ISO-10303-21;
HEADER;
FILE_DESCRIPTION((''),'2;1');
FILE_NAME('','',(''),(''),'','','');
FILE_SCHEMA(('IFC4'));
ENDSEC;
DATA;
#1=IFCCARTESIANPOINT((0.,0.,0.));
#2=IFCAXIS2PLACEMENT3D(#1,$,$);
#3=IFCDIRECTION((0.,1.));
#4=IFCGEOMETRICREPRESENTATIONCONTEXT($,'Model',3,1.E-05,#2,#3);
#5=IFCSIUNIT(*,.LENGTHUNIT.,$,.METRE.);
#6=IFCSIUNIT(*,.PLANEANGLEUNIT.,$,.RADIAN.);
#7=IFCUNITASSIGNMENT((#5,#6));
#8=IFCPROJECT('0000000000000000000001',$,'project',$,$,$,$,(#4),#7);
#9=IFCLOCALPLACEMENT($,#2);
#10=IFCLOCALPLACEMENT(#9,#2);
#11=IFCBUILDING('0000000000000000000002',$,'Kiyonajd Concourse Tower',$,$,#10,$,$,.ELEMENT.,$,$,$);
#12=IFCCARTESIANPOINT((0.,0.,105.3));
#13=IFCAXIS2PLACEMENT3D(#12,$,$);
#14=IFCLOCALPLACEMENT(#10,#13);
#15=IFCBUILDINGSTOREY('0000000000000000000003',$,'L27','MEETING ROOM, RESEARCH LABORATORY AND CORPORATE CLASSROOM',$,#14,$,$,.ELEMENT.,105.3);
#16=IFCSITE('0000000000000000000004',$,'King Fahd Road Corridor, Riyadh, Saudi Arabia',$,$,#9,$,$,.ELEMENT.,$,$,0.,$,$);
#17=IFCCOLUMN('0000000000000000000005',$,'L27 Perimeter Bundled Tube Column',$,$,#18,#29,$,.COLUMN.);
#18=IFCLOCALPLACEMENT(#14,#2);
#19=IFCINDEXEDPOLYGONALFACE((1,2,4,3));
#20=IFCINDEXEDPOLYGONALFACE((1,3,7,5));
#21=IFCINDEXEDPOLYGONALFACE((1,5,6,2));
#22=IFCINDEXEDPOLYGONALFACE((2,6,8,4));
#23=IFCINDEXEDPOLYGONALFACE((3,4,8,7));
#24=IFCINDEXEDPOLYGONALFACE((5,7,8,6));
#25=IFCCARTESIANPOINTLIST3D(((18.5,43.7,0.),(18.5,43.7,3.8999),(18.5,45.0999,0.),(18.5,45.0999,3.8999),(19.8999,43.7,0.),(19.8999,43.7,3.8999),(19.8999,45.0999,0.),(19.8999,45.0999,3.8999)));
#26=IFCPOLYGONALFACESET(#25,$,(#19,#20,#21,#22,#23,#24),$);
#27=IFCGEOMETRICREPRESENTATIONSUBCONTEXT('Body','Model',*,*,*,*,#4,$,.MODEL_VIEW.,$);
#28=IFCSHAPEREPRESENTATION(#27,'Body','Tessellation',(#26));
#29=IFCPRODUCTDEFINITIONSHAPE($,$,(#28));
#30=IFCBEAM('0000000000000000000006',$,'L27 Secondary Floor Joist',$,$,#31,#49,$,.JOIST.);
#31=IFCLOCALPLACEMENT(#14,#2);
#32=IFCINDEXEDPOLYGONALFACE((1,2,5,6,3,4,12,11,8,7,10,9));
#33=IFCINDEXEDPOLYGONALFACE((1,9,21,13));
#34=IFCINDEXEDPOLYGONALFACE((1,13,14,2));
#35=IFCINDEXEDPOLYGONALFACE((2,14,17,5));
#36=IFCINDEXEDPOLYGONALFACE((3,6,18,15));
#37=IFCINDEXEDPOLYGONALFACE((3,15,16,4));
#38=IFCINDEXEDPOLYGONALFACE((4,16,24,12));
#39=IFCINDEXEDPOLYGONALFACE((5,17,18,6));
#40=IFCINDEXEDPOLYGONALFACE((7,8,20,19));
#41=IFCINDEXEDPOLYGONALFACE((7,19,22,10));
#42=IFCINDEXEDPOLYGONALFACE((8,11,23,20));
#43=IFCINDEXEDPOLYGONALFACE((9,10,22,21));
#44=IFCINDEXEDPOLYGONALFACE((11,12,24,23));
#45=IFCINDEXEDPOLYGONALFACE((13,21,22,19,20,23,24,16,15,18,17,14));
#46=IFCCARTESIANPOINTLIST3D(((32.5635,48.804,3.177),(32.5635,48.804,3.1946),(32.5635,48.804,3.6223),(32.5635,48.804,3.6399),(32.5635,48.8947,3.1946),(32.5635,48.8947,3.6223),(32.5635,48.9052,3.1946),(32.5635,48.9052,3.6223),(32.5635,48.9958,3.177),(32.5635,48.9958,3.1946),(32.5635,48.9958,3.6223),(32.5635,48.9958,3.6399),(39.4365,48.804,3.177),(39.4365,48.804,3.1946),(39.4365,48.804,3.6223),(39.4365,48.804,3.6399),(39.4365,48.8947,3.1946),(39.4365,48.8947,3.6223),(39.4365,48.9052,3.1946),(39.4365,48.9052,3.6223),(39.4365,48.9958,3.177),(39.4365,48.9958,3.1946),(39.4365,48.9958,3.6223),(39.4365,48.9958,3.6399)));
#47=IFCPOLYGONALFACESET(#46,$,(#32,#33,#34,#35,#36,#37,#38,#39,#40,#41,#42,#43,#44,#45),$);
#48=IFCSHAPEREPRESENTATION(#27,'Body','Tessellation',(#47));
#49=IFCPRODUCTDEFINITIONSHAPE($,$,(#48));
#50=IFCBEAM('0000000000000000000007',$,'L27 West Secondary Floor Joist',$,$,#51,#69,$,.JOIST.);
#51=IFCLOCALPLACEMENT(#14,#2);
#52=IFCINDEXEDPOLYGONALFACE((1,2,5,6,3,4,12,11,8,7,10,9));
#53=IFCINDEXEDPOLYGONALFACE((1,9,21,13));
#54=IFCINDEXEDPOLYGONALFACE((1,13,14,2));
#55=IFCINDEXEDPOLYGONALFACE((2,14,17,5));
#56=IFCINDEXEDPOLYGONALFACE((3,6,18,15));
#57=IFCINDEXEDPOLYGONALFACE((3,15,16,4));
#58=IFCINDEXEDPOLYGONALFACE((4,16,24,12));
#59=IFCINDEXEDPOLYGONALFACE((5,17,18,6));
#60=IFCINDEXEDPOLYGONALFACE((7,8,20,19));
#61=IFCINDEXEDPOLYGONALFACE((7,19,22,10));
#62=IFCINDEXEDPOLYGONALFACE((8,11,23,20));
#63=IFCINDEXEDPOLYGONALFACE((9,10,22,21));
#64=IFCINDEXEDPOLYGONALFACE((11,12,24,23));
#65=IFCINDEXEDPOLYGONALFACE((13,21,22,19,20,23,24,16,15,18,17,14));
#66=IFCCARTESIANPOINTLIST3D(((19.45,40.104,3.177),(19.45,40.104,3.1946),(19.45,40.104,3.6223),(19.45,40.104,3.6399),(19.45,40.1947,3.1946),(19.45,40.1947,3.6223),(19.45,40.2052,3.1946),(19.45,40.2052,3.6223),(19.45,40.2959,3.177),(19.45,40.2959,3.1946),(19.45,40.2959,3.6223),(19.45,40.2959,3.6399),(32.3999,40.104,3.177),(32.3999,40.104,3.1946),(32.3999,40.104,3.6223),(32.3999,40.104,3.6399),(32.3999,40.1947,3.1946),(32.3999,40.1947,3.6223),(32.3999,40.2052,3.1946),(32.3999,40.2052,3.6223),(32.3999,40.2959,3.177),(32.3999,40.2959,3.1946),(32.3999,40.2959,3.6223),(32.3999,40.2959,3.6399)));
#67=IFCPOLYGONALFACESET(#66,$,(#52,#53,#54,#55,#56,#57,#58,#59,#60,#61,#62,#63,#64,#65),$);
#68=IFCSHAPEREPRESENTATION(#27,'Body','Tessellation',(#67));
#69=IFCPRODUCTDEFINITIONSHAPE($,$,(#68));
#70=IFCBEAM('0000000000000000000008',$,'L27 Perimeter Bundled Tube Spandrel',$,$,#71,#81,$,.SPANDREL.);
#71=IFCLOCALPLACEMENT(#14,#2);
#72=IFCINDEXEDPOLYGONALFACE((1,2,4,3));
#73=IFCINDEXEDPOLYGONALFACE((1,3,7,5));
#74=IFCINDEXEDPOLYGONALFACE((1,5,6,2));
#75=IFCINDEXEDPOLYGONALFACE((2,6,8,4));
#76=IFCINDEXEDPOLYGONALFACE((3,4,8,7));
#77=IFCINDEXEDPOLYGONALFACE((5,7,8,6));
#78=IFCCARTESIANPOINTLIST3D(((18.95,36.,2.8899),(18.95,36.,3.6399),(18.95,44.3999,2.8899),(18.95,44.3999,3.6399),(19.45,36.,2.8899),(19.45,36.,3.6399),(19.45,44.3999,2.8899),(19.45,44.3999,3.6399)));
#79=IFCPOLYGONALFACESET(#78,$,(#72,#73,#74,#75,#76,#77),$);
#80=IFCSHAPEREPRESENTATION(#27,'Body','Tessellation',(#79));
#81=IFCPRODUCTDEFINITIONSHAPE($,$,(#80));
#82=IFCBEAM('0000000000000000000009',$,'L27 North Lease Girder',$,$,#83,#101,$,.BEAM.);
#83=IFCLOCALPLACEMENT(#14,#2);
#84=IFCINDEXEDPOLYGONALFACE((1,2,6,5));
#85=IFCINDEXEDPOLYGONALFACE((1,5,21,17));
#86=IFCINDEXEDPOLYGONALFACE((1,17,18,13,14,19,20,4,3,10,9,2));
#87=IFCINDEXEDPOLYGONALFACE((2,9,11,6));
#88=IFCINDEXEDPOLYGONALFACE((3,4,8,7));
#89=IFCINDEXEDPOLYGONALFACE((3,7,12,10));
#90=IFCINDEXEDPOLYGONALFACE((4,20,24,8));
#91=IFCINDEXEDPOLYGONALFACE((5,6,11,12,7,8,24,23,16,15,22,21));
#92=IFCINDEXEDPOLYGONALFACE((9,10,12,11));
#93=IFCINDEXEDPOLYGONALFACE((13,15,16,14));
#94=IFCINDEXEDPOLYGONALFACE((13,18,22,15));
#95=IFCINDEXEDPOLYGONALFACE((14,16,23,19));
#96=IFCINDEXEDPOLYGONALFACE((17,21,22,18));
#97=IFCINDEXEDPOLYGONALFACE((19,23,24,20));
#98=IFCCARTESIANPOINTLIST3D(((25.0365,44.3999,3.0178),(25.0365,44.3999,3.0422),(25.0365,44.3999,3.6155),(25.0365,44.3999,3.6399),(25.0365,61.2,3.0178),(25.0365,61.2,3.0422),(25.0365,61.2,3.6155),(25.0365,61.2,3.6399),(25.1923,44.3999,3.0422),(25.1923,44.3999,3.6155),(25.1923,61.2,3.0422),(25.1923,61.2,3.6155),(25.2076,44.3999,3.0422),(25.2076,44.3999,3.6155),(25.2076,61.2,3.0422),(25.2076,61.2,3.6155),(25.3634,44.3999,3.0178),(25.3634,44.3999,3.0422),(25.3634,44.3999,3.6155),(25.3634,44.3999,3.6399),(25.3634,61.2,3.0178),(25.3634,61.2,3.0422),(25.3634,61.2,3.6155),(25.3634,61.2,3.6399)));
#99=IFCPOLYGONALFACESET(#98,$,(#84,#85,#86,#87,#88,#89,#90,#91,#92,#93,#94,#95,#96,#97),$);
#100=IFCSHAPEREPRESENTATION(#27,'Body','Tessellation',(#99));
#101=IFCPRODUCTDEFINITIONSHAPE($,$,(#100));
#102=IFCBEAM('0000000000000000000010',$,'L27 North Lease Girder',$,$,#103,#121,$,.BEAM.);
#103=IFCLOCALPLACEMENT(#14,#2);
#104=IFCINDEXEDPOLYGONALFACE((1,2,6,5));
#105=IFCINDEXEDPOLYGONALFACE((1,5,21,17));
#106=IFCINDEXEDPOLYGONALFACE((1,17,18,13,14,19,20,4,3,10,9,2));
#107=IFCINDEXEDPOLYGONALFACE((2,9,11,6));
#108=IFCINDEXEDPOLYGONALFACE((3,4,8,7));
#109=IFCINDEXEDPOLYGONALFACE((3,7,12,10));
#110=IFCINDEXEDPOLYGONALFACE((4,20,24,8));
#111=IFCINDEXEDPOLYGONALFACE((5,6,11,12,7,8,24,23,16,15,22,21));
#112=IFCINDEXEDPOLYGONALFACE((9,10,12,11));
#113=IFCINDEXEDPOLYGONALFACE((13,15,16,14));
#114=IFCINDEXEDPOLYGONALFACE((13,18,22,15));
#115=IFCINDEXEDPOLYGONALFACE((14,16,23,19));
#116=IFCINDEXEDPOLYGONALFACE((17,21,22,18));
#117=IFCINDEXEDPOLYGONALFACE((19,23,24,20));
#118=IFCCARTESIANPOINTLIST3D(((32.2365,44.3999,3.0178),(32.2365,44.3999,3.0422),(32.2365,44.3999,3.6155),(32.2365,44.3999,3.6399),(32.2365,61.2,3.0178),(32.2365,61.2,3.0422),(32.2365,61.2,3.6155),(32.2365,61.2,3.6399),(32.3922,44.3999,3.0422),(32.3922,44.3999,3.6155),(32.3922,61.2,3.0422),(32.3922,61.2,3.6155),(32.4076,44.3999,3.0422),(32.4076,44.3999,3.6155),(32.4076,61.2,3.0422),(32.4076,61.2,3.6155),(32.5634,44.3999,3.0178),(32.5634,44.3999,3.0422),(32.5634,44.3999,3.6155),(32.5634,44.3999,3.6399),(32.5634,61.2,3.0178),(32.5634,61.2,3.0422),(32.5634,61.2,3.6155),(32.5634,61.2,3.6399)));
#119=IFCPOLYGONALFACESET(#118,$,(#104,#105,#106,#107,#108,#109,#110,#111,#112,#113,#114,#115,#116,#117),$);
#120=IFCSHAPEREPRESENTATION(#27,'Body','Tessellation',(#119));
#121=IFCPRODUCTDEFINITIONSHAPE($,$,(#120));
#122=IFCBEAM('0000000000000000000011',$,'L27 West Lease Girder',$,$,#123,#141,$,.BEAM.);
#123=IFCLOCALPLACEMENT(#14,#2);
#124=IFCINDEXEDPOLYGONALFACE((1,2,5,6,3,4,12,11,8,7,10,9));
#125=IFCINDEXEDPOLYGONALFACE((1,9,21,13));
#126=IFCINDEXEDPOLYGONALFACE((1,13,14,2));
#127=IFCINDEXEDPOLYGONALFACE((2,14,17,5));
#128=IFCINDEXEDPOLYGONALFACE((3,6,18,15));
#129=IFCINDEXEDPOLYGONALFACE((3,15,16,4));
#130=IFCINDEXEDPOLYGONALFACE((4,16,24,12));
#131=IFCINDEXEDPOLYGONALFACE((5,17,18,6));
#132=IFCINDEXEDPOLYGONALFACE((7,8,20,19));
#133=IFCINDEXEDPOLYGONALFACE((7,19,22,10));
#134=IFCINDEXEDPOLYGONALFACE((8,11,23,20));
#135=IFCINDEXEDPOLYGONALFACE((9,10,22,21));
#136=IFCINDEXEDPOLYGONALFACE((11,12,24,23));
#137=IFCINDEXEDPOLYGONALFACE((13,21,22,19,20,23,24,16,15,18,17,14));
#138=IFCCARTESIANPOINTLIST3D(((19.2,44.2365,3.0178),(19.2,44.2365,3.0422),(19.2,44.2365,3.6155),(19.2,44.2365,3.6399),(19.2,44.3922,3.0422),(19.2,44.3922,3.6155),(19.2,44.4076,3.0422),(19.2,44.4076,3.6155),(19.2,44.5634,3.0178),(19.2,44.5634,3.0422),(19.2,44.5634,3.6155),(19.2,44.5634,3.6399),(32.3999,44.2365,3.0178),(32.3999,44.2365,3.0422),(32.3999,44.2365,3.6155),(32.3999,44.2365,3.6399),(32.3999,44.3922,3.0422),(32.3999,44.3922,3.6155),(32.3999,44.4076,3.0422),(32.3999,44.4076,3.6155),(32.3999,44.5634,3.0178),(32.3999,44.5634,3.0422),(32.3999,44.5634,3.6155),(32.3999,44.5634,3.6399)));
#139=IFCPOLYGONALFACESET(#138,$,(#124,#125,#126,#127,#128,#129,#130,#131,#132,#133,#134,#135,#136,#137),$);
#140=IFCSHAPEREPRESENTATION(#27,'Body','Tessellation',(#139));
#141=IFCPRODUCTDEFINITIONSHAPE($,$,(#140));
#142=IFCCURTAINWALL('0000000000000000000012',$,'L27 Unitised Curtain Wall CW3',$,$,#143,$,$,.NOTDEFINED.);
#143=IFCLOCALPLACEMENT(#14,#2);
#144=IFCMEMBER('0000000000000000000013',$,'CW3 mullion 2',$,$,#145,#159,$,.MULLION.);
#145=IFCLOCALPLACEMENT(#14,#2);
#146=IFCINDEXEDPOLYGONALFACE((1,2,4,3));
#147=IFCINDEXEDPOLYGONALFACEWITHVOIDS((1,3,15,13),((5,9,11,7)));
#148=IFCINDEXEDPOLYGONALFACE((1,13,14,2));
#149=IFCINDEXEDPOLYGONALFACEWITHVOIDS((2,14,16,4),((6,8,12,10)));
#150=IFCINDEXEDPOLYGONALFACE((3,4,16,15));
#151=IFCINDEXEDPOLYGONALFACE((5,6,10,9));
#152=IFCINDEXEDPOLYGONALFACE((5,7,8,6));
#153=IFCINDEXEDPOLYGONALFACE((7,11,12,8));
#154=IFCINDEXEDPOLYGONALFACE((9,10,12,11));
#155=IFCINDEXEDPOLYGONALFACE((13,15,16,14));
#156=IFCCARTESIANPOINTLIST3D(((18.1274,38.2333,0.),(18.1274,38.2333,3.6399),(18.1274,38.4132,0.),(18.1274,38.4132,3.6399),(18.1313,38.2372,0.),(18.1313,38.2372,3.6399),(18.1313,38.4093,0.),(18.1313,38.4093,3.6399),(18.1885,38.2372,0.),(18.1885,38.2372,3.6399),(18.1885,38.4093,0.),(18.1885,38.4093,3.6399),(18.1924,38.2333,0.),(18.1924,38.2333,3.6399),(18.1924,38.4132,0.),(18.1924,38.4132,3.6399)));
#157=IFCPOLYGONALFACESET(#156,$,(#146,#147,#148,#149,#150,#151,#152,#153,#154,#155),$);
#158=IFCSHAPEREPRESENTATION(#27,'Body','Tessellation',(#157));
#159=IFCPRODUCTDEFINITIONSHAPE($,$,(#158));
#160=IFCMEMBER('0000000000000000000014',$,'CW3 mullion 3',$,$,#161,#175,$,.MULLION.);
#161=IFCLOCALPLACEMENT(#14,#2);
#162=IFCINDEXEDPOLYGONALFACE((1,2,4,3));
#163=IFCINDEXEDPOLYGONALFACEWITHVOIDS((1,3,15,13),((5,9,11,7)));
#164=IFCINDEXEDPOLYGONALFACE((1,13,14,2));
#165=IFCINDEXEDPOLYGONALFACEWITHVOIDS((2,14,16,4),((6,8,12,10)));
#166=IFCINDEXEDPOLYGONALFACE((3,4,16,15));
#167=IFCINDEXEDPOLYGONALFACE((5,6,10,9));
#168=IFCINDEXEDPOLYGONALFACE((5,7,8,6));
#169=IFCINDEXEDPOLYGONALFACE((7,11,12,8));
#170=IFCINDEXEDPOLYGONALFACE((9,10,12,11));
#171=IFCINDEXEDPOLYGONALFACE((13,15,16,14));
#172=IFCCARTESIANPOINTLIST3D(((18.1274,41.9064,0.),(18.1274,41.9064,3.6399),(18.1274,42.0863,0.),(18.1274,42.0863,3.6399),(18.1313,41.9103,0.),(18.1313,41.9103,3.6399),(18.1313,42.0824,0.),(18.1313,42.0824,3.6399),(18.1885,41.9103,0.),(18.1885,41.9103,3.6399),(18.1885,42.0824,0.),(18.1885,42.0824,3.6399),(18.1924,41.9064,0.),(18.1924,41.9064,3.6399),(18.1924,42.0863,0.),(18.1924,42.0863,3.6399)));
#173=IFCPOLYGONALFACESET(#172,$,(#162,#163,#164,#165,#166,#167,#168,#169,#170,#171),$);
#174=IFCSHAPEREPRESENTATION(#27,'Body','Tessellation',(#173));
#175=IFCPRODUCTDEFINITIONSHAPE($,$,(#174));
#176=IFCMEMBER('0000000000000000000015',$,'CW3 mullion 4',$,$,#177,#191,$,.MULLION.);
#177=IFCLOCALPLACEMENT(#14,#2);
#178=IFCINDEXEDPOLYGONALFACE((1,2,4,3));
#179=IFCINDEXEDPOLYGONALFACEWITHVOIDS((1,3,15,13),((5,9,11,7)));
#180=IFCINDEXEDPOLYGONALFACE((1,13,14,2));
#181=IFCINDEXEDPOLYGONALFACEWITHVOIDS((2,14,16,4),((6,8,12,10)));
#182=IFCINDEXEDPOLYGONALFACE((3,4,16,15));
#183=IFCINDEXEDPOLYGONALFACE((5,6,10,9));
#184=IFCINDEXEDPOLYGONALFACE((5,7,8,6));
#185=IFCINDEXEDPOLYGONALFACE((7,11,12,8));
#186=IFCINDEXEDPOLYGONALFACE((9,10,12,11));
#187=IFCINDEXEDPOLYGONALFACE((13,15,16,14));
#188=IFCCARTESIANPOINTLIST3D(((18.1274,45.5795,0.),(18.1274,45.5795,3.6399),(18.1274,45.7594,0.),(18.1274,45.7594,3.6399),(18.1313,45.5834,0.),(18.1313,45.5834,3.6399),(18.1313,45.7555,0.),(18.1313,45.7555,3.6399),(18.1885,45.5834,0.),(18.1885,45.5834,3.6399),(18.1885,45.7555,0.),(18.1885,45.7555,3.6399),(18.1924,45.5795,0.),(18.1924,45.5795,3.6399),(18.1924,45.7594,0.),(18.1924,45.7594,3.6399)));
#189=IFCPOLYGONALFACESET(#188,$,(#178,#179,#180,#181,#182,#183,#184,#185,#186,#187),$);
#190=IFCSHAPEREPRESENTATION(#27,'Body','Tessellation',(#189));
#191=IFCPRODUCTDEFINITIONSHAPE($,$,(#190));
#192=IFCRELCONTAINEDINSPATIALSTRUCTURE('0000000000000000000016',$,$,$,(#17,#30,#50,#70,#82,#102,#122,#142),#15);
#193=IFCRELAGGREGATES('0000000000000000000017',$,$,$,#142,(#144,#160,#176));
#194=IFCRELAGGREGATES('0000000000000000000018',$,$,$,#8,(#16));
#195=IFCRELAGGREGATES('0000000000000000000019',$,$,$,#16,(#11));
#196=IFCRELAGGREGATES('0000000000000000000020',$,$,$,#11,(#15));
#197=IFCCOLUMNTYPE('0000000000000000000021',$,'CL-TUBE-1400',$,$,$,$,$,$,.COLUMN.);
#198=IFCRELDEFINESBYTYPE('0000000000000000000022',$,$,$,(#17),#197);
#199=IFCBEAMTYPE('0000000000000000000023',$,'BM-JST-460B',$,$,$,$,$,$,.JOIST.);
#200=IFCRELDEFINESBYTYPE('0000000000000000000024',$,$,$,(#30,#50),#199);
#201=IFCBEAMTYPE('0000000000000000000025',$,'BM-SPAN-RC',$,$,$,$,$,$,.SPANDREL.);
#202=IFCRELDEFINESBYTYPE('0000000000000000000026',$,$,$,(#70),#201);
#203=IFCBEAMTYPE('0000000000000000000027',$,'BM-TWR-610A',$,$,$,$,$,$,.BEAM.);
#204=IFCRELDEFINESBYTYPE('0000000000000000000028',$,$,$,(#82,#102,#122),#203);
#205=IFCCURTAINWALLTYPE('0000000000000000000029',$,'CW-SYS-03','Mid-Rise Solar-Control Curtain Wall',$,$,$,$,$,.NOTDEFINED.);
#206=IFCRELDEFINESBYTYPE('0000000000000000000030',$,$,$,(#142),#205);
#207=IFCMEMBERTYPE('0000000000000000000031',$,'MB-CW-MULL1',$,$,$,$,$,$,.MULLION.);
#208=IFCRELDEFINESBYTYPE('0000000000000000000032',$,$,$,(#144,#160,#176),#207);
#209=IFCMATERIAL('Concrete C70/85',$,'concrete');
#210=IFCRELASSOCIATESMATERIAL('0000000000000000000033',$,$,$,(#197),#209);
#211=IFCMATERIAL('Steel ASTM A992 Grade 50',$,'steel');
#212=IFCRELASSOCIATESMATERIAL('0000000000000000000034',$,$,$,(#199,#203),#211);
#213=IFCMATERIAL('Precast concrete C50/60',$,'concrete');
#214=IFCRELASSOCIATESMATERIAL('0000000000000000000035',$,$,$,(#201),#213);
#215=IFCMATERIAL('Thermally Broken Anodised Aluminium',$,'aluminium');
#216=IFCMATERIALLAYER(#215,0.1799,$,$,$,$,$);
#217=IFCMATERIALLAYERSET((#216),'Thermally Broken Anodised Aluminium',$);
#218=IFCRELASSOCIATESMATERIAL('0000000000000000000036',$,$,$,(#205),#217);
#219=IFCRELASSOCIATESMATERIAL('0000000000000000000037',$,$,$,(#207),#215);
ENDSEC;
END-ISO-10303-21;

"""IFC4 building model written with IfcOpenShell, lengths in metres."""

from ifc_helpers import new_model, si_unit, direction, frame, origin, origin_2d, place, context, subcontext, project, spatial, rectangle, hollow_rectangle, i_section, extrude, material, layer, layer_set, material_profile, profile_set, type_object, element, aggregate, save


model = new_model("IFC4")

# Units and contexts
model_context = context("Model", 3, precision=1e-05, world=origin(), true_north=direction((0.0, 1.0)))
body_context = subcontext(model_context, "Body", "Model", "MODEL_VIEW")
ifc_project = project(units=[si_unit("LENGTHUNIT", "METRE"), si_unit("PLANEANGLEUNIT", "RADIAN")], contexts=[model_context])

# Site, building, storey
site_placement = place(None, origin())
site = spatial("IfcSite", under=ifc_project, at=site_placement, Name="King Fahd Road Corridor, Riyadh, Saudi Arabia", CompositionType="ELEMENT", RefElevation=0.0)
building_placement = place(site_placement, origin())
building = spatial("IfcBuilding", under=site, at=building_placement, Name="Kiyonajd Concourse Tower", CompositionType="ELEMENT")
storey_placement = place(building_placement, frame((0.0, 0.0, 105.3)))
storey = spatial("IfcBuildingStorey", under=building, at=storey_placement, Name="L27", Description="MEETING ROOM, RESEARCH LABORATORY AND CORPORATE CLASSROOM", CompositionType="ELEMENT", Elevation=105.3)

# Column
ifc_material_1 = material(Name="Concrete C70/85", Category="concrete")
ifc_material_profile_1 = material_profile(ifc_material_1, rectangle(XDim=1.3999, YDim=1.3999, at=origin_2d()), Name="RC-1400x1400")
ifc_profile_set_1 = profile_set([ifc_material_profile_1], Name="Concrete C70/85")
column_type = type_object("IfcColumnType", Name="CL-TUBE-1400", PredefinedType="COLUMN", material=ifc_profile_set_1)
column_placement = place(storey_placement, frame((19.2, 44.3999, 0.0), z_axis=(0.0, 0.0, 1.0), x_axis=(1.0, 0.0, 0.0)))
element("IfcColumn", 1, at=column_placement, inside=storey, type_object=column_type, Name="L27 Perimeter Bundled Tube Column", PredefinedType="COLUMN", context=body_context, shape_type="SweptSolid", body=[
    extrude(rectangle(XDim=1.3999, YDim=1.3999, at=origin_2d()), origin(), (0.0, 0.0, 1.0), 3.8999),
])

# Beams
ifc_material_2 = material(Name="Steel ASTM A992 Grade 50", Category="steel")
ifc_material_profile_2 = material_profile(ifc_material_2, i_section(OverallWidth=0.1919, OverallDepth=0.4629, WebThickness=0.0105, FlangeThickness=0.0176, at=origin_2d()), Name="W460X89")
ifc_profile_set_2 = profile_set([ifc_material_profile_2], Name="Steel ASTM A992 Grade 50")
beam_type_1 = type_object("IfcBeamType", Name="BM-JST-460B", PredefinedType="JOIST", material=ifc_profile_set_2)
beam_1_placement = place(storey_placement, frame((32.5635, 48.8999, 3.4084), z_axis=(1.0, 0.0, 0.0), x_axis=(0.0, 1.0, 0.0)))
element("IfcBeam", 2, at=beam_1_placement, inside=storey, type_object=beam_type_1, Name="L27 Secondary Floor Joist", PredefinedType="JOIST", context=body_context, shape_type="SweptSolid", body=[
    extrude(i_section(OverallWidth=0.1919, OverallDepth=0.4629, WebThickness=0.0105, FlangeThickness=0.0176, at=origin_2d()), origin(), (0.0, 0.0, 1.0), 6.873),
])
beam_2_placement = place(storey_placement, frame((19.45, 40.2, 3.4084), z_axis=(1.0, 0.0, 0.0), x_axis=(0.0, 1.0, 0.0)))
element("IfcBeam", 3, at=beam_2_placement, inside=storey, type_object=beam_type_1, Name="L27 West Secondary Floor Joist", PredefinedType="JOIST", context=body_context, shape_type="SweptSolid", body=[
    extrude(i_section(OverallWidth=0.1919, OverallDepth=0.4629, WebThickness=0.0105, FlangeThickness=0.0176, at=origin_2d()), origin(), (0.0, 0.0, 1.0), 12.95),
])
ifc_material_3 = material(Name="Precast concrete C50/60", Category="concrete")
ifc_material_profile_3 = material_profile(ifc_material_3, rectangle(XDim=0.5, YDim=0.75, at=origin_2d()), Name="RCBM-500x750")
ifc_profile_set_3 = profile_set([ifc_material_profile_3], Name="Precast concrete C50/60")
beam_type_2 = type_object("IfcBeamType", Name="BM-SPAN-RC", PredefinedType="SPANDREL", material=ifc_profile_set_3)
beam_3_placement = place(storey_placement, frame((19.2, 44.3999, 3.2649), z_axis=(0.0, -1.0, 0.0), x_axis=(1.0, 0.0, 0.0)))
element("IfcBeam", 4, at=beam_3_placement, inside=storey, type_object=beam_type_2, Name="L27 Perimeter Bundled Tube Spandrel", PredefinedType="SPANDREL", context=body_context, shape_type="SweptSolid", body=[
    extrude(rectangle(XDim=0.5, YDim=0.75, at=origin_2d()), origin(), (0.0, 0.0, 1.0), 8.3999),
])
ifc_material_profile_4 = material_profile(ifc_material_2, i_section(OverallWidth=0.3269, OverallDepth=0.6221, WebThickness=0.0154, FlangeThickness=0.0244, at=origin_2d()), Name="W610X195")
ifc_profile_set_4 = profile_set([ifc_material_profile_4], Name="Steel ASTM A992 Grade 50")
beam_type_3 = type_object("IfcBeamType", Name="BM-TWR-610A", PredefinedType="BEAM", material=ifc_profile_set_4)
for number, where, z_axis, x_axis, name in (
    (5, (25.2, 44.3999, 3.3289), (0.0, 1.0, 0.0), (-1.0, 0.0, 0.0), "L27 North Lease Girder"),
    (6, (32.3999, 44.3999, 3.3289), (0.0, 1.0, 0.0), (-1.0, 0.0, 0.0), "L27 North Lease Girder"),
):
    element("IfcBeam", number, at=place(storey_placement, frame(where, z_axis=z_axis, x_axis=x_axis)), inside=storey, type_object=beam_type_3, Name=name, PredefinedType="BEAM", context=body_context, shape_type="SweptSolid", body=[
        extrude(i_section(OverallWidth=0.3269, OverallDepth=0.6221, WebThickness=0.0154, FlangeThickness=0.0244, at=origin_2d()), origin(), (0.0, 0.0, 1.0), 16.8),
    ])
beam_4_placement = place(storey_placement, frame((19.2, 44.3999, 3.3289), z_axis=(1.0, 0.0, 0.0), x_axis=(0.0, 1.0, 0.0)))
element("IfcBeam", 7, at=beam_4_placement, inside=storey, type_object=beam_type_3, Name="L27 West Lease Girder", PredefinedType="BEAM", context=body_context, shape_type="SweptSolid", body=[
    extrude(i_section(OverallWidth=0.3269, OverallDepth=0.6221, WebThickness=0.0154, FlangeThickness=0.0244, at=origin_2d()), origin(), (0.0, 0.0, 1.0), 13.2),
])

# Curtain wall, members
ifc_material_4 = material(Name="Thermally Broken Anodised Aluminium", Category="aluminium")
ifc_layer_1 = layer(ifc_material_4, 0.1799)
ifc_layer_set_1 = layer_set([ifc_layer_1], Name="Thermally Broken Anodised Aluminium")
curtain_wall_type = type_object("IfcCurtainWallType", Name="CW-SYS-03", Description="Mid-Rise Solar-Control Curtain Wall", PredefinedType="NOTDEFINED", material=ifc_layer_set_1)
curtain_wall_placement = place(storey_placement, origin())
curtain_wall = element("IfcCurtainWall", 8, at=curtain_wall_placement, inside=storey, type_object=curtain_wall_type, Name="L27 Unitised Curtain Wall CW3", PredefinedType="NOTDEFINED")
ifc_material_profile_5 = material_profile(ifc_material_4, hollow_rectangle(XDim=0.0649, YDim=0.1799, WallThickness=0.0039, at=origin_2d()), Name="MULL-65x180")
ifc_profile_set_5 = profile_set([ifc_material_profile_5], Name="Thermally Broken Anodised Aluminium")
member_type_1 = type_object("IfcMemberType", Name="MB-CW-MULL1", PredefinedType="MULLION", material=ifc_profile_set_5)
member_1_placement = place(storey_placement, frame((18.1599, 38.3232, 0.0), z_axis=(0.0, 0.0, 1.0), x_axis=(-1.0, 0.0, 0.0)))
member_1 = element("IfcMember", 9, at=member_1_placement, type_object=member_type_1, Name="CW3 mullion 2", PredefinedType="MULLION", context=body_context, shape_type="SweptSolid", body=[
    extrude(hollow_rectangle(XDim=0.0649, YDim=0.1799, WallThickness=0.0039, at=origin_2d()), origin(), (0.0, 0.0, 1.0), 3.6399),
])
member_2_placement = place(storey_placement, frame((18.1599, 41.9963, 0.0), z_axis=(0.0, 0.0, 1.0), x_axis=(-1.0, 0.0, 0.0)))
member_2 = element("IfcMember", 10, at=member_2_placement, type_object=member_type_1, Name="CW3 mullion 3", PredefinedType="MULLION", context=body_context, shape_type="SweptSolid", body=[
    extrude(hollow_rectangle(XDim=0.0649, YDim=0.1799, WallThickness=0.0039, at=origin_2d()), origin(), (0.0, 0.0, 1.0), 3.6399),
])
member_3_placement = place(storey_placement, frame((18.1599, 45.6694, 0.0), z_axis=(0.0, 0.0, 1.0), x_axis=(-1.0, 0.0, 0.0)))
member_3 = element("IfcMember", 11, at=member_3_placement, type_object=member_type_1, Name="CW3 mullion 4", PredefinedType="MULLION", context=body_context, shape_type="SweptSolid", body=[
    extrude(hollow_rectangle(XDim=0.0649, YDim=0.1799, WallThickness=0.0039, at=origin_2d()), origin(), (0.0, 0.0, 1.0), 3.6399),
])
aggregate(curtain_wall, [member_1, member_2, member_3])

save(model, "model.ifc")
